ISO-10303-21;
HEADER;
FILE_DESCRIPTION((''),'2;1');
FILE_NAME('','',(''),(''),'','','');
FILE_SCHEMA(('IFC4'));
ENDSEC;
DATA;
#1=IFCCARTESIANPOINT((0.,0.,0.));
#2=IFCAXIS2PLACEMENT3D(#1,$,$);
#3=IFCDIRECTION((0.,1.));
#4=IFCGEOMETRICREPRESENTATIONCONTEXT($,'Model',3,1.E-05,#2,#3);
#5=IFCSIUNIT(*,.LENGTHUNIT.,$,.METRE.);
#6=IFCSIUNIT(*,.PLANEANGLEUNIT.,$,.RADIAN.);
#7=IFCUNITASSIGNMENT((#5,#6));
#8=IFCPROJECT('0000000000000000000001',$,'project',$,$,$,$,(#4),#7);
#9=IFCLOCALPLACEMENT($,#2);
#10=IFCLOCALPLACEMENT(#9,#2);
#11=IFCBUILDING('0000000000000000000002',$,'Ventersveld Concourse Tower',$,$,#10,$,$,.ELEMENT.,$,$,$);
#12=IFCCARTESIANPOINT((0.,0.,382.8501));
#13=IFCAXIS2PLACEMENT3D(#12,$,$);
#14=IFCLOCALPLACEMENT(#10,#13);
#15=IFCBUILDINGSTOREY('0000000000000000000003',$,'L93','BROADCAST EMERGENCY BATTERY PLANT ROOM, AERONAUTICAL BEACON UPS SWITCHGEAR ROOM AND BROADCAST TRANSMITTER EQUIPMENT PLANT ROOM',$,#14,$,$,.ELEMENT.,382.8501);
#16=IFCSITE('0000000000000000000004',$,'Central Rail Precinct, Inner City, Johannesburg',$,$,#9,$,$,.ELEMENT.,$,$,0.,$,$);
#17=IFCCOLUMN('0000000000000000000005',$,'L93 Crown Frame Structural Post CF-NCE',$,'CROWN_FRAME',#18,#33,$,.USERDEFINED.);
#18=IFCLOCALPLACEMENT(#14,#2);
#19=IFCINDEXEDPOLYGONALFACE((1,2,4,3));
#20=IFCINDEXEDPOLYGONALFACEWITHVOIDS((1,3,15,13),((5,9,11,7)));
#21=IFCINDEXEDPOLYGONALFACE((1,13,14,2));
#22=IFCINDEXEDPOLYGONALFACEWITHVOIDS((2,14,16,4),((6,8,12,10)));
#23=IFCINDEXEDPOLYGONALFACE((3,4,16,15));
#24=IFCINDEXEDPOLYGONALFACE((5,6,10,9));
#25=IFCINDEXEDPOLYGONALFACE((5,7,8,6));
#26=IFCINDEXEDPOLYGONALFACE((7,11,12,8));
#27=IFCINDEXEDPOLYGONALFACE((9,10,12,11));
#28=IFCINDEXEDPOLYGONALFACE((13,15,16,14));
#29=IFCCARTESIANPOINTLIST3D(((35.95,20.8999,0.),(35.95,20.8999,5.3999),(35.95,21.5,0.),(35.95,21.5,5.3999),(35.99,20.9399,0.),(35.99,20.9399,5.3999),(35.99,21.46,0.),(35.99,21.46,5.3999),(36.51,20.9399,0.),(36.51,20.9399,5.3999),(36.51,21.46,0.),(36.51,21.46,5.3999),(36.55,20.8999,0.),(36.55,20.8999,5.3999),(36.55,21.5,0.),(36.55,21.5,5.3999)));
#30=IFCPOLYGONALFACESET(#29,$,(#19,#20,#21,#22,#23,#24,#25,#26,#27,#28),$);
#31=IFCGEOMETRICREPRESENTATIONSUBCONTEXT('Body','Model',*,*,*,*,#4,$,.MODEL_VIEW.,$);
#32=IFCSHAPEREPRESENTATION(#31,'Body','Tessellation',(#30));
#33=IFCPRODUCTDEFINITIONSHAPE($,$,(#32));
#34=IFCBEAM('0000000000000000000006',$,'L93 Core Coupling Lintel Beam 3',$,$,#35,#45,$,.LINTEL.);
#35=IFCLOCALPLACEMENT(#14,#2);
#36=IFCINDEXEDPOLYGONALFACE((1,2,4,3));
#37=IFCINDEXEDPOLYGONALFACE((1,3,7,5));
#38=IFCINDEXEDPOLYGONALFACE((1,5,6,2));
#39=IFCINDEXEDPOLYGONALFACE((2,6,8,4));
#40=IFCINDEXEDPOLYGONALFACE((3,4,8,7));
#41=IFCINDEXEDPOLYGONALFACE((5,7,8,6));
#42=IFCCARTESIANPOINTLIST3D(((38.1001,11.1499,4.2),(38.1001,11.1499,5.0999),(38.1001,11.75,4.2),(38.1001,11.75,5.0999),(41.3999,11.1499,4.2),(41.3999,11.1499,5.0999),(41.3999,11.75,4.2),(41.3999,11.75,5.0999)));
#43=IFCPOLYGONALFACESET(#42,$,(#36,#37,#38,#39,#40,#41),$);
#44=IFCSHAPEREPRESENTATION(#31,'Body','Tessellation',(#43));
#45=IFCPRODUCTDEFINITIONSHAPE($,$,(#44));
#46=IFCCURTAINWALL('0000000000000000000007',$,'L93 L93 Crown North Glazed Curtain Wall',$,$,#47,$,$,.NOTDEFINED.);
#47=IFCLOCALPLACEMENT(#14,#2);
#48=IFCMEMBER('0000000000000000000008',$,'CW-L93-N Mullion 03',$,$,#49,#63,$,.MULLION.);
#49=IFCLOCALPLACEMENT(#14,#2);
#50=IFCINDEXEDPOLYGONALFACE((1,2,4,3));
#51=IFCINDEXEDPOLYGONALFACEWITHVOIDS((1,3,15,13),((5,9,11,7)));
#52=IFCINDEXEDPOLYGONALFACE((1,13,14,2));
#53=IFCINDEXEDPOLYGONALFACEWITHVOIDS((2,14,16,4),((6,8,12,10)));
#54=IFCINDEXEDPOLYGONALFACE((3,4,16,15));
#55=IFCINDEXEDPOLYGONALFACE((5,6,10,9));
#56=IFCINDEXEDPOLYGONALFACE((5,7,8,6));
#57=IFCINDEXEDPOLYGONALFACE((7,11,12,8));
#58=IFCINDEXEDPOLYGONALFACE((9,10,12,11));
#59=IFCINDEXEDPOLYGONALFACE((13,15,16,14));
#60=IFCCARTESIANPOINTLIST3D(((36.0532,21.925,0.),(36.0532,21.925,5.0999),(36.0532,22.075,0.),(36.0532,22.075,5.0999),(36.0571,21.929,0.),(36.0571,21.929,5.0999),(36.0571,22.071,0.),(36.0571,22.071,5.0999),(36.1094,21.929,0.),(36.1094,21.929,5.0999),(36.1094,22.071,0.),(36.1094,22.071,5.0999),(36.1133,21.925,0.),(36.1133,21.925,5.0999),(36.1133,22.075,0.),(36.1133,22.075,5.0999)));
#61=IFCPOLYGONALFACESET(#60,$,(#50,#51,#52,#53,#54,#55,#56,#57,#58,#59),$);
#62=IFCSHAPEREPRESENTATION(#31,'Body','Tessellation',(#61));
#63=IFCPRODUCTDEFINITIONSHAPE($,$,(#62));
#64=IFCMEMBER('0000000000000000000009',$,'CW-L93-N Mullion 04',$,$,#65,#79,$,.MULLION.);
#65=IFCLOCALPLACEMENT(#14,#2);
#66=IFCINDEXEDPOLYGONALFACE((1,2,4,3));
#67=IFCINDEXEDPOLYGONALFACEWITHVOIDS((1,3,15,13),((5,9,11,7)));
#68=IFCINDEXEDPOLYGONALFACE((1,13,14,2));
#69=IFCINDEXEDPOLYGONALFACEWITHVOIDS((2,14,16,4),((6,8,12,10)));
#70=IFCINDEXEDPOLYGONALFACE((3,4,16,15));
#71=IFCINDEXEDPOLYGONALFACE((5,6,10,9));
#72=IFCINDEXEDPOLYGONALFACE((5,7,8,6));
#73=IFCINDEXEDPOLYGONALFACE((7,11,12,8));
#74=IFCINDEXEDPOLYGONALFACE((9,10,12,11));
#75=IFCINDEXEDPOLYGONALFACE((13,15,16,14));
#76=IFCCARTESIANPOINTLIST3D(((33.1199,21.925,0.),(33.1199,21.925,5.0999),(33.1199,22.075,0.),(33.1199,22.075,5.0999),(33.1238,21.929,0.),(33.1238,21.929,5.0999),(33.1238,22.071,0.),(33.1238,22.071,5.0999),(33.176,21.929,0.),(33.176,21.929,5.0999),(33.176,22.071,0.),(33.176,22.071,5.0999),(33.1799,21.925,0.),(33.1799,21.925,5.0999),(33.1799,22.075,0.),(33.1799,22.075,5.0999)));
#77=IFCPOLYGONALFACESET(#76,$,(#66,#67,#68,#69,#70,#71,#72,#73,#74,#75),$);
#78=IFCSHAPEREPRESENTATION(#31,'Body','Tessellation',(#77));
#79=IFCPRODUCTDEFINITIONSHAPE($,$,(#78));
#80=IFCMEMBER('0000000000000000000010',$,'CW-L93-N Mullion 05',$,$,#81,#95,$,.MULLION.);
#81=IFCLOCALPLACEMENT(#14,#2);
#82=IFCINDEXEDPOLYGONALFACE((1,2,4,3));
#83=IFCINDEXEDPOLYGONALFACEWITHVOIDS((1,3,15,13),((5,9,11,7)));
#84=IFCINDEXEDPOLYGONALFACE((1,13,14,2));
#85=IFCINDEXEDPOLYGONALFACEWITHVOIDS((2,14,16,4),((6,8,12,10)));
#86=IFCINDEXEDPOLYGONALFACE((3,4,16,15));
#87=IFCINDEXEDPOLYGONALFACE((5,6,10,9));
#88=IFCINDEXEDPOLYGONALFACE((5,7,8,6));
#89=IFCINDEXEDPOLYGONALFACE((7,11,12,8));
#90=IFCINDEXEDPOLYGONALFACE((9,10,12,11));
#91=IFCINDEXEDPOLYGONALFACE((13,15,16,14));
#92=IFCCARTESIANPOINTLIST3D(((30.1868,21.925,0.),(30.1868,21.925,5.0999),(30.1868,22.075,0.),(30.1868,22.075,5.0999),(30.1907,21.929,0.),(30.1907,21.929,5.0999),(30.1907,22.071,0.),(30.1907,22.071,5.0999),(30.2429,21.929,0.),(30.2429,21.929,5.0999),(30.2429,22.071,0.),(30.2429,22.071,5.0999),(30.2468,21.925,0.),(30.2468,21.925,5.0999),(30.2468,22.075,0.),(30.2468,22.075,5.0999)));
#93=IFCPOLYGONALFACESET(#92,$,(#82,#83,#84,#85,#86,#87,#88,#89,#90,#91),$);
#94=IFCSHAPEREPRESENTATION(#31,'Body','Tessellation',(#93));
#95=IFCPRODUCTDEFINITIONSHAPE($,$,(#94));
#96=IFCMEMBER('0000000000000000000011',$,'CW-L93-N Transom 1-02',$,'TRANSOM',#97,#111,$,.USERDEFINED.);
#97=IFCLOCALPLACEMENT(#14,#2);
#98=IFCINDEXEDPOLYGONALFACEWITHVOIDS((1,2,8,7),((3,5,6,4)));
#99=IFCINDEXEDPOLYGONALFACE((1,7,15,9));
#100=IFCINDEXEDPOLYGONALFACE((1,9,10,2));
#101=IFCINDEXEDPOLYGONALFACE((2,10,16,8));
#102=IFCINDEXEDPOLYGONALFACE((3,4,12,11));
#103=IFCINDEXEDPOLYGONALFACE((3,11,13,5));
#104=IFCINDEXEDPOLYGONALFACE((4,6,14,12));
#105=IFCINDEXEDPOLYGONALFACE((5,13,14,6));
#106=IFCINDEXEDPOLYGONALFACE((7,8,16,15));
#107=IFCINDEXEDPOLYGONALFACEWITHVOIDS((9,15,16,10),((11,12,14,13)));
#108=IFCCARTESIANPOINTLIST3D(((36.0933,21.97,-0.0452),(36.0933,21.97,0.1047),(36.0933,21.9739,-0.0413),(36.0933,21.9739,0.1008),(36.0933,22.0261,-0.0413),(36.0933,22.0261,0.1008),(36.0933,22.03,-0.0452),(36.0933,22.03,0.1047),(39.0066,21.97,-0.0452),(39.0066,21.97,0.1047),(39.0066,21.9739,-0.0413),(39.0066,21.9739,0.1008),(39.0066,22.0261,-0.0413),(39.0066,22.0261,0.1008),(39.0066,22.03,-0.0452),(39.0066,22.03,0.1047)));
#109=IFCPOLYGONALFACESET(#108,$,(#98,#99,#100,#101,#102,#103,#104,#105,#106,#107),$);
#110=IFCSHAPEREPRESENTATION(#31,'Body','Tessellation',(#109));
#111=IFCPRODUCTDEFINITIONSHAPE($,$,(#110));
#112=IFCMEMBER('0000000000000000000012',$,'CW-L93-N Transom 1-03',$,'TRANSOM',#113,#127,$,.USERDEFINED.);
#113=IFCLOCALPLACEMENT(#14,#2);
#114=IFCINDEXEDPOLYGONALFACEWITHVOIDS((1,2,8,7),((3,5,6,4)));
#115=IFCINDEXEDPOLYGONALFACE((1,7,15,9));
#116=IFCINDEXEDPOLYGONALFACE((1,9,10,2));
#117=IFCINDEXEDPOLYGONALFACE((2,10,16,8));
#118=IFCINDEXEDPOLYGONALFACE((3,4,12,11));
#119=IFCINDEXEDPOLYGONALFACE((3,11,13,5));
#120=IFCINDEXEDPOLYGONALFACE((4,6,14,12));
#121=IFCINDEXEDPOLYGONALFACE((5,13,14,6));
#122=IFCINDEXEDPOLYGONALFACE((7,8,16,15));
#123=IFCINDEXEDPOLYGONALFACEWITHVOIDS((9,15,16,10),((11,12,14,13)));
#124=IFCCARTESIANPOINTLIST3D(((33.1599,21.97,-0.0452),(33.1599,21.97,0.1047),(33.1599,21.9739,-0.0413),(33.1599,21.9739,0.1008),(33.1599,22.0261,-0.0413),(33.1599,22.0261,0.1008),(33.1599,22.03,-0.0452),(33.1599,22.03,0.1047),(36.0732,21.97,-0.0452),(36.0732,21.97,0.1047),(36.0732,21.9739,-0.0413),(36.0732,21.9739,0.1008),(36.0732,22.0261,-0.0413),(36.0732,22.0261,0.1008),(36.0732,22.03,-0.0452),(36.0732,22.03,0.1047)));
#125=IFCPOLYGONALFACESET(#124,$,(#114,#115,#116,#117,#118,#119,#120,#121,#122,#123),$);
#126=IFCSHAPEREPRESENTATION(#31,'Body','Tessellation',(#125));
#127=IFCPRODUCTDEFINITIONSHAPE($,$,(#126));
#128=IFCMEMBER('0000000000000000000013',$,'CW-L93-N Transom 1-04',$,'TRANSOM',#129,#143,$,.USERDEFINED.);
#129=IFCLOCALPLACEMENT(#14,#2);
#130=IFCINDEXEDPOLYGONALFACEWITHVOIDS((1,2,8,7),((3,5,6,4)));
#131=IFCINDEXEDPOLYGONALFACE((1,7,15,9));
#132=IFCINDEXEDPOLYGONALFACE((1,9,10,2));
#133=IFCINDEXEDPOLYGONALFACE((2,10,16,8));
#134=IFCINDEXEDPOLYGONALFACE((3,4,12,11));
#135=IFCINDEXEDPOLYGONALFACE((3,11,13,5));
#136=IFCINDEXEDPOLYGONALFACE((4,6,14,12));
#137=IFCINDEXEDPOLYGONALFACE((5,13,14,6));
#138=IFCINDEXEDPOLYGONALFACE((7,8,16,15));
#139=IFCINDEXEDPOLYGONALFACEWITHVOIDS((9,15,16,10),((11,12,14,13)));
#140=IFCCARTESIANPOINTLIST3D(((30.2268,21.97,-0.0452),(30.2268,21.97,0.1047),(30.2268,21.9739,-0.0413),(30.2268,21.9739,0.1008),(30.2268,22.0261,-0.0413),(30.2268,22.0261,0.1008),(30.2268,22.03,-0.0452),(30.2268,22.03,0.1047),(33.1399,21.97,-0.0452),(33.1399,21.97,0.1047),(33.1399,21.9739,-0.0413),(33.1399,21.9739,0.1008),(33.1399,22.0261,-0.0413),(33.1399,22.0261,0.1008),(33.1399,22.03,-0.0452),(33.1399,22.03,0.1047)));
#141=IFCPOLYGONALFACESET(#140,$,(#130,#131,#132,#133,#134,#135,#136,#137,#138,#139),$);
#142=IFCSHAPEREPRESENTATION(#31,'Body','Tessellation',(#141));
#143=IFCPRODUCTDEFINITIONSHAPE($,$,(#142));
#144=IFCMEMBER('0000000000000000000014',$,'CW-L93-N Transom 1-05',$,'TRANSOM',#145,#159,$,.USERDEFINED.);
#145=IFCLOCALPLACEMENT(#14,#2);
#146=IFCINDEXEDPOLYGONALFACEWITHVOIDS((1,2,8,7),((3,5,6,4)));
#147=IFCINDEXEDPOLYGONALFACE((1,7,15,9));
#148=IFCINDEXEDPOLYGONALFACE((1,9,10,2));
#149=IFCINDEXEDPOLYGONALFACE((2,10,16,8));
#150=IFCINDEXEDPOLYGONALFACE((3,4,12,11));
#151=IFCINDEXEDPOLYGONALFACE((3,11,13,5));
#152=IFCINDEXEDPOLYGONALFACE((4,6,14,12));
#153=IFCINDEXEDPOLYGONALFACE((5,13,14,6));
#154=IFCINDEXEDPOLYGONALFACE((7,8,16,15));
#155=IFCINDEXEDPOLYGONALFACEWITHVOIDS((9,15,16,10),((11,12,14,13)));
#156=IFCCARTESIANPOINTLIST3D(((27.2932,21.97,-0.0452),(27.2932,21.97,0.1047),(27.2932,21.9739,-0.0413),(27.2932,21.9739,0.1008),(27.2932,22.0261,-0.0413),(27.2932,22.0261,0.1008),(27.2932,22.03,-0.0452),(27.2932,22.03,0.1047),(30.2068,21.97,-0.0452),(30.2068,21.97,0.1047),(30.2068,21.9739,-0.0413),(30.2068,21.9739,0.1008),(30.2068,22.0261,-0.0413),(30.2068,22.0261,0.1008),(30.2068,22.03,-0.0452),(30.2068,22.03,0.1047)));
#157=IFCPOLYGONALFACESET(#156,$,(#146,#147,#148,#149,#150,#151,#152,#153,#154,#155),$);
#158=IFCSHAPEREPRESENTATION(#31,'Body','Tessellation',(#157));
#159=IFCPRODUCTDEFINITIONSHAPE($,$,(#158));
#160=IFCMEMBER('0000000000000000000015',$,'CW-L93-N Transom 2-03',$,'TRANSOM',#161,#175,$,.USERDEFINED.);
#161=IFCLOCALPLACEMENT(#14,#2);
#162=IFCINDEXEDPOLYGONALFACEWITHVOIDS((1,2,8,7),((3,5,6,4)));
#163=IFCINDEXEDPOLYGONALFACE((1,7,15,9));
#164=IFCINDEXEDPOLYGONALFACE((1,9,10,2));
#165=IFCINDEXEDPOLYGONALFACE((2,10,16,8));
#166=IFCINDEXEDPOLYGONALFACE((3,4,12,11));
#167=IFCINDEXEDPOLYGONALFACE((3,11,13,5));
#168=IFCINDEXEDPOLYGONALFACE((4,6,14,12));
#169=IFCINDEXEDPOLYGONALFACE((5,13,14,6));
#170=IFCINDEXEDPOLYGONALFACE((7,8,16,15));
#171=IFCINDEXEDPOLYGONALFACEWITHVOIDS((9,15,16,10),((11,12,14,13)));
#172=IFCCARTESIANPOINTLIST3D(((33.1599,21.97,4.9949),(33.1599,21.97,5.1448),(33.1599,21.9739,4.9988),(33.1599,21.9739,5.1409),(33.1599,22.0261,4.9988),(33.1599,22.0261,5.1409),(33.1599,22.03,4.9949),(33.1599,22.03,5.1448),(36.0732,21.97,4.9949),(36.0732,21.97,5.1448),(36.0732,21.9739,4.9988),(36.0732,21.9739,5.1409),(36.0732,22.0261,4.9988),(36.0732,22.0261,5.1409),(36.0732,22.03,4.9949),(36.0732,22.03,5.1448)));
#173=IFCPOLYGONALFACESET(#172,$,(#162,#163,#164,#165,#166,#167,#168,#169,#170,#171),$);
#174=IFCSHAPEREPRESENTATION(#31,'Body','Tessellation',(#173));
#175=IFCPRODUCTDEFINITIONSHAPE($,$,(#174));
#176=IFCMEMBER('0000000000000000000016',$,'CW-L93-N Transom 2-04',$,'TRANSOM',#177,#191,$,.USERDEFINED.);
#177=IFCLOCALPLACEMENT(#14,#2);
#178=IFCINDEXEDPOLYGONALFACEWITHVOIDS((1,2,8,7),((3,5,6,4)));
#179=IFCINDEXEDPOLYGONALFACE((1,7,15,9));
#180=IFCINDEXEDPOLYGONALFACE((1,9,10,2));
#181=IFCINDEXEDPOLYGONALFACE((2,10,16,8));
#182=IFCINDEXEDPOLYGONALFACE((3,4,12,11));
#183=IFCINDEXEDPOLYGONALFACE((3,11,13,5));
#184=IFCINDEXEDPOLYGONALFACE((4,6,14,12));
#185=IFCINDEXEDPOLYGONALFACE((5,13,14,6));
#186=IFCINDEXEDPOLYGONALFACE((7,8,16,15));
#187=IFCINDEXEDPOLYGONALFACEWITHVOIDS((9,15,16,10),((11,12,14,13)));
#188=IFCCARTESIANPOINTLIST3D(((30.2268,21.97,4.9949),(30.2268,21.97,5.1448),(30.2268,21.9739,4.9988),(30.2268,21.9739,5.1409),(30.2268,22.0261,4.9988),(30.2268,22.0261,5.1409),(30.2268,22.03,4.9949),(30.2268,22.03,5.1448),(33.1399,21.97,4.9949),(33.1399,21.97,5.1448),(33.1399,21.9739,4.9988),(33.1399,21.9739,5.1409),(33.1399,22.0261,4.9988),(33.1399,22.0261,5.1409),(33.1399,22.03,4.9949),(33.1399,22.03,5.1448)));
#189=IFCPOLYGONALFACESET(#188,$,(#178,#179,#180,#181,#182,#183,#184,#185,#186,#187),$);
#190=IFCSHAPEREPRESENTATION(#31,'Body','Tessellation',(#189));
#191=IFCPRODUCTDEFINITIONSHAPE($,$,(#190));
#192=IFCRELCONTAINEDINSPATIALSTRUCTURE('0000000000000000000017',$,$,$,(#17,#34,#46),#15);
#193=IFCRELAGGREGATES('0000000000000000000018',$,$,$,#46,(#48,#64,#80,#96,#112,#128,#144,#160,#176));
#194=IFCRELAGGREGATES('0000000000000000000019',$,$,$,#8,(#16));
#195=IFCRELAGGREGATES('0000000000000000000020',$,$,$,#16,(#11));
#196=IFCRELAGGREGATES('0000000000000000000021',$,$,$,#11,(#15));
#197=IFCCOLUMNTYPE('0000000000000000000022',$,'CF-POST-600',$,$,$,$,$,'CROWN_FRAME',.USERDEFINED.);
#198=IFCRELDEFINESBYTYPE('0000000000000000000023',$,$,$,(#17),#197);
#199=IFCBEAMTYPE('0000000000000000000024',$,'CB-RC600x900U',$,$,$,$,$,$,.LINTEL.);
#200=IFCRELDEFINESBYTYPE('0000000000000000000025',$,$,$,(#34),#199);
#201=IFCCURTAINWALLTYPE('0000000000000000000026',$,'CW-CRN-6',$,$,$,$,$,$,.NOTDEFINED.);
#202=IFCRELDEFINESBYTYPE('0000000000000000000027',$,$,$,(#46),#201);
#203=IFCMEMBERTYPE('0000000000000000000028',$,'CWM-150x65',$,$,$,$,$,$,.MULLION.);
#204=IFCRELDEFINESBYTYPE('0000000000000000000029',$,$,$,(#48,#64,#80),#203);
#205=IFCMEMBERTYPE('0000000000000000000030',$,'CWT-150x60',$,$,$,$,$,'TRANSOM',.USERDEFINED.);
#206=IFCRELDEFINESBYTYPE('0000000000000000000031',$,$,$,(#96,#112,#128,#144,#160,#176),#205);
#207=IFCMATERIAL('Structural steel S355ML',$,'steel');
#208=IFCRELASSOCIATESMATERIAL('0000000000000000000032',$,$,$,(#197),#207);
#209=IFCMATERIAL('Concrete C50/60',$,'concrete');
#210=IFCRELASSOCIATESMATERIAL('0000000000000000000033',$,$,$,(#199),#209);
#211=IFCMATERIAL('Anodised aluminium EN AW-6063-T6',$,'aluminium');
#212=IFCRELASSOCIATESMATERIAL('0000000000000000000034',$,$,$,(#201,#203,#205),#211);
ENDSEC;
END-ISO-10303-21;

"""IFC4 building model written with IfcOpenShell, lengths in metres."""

from ifc_helpers import new_model, si_unit, direction, frame, origin, origin_2d, place, context, subcontext, project, spatial, rectangle, hollow_rectangle, extrude, material, material_profile, profile_set, type_object, element, aggregate, save


model = new_model("IFC4")

# Units and contexts
model_context = context("Model", 3, precision=1e-05, world=origin(), true_north=direction((0.0, 1.0)))
body_context = subcontext(model_context, "Body", "Model", "MODEL_VIEW")
ifc_project = project(units=[si_unit("LENGTHUNIT", "METRE"), si_unit("PLANEANGLEUNIT", "RADIAN")], contexts=[model_context])

# Site, building, storey
site_placement = place(None, origin())
site = spatial("IfcSite", under=ifc_project, at=site_placement, Name="Central Rail Precinct, Inner City, Johannesburg", CompositionType="ELEMENT", RefElevation=0.0)
building_placement = place(site_placement, origin())
building = spatial("IfcBuilding", under=site, at=building_placement, Name="Ventersveld Concourse Tower", CompositionType="ELEMENT")
storey_placement = place(building_placement, frame((0.0, 0.0, 382.8501)))
storey = spatial("IfcBuildingStorey", under=building, at=storey_placement, Name="L93", Description="BROADCAST EMERGENCY BATTERY PLANT ROOM, AERONAUTICAL BEACON UPS SWITCHGEAR ROOM AND BROADCAST TRANSMITTER EQUIPMENT PLANT ROOM", CompositionType="ELEMENT", Elevation=382.8501)

# Column
ifc_material_1 = material(Name="Structural steel S355ML", Category="steel")
ifc_material_profile_1 = material_profile(ifc_material_1, hollow_rectangle(XDim=0.6001, YDim=0.6001, WallThickness=0.04, at=origin_2d()), Name="BOX 600x600x40")
ifc_profile_set_1 = profile_set([ifc_material_profile_1], Name="Structural steel S355ML")
column_type = type_object("IfcColumnType", Name="CF-POST-600", ElementType="CROWN_FRAME", PredefinedType="USERDEFINED", material=ifc_profile_set_1)
column_placement = place(storey_placement, frame((36.25, 21.2, 0.0), z_axis=(0.0, 0.0, 1.0), x_axis=(1.0, 0.0, 0.0)))
element("IfcColumn", 1, at=column_placement, inside=storey, type_object=column_type, Name="L93 Crown Frame Structural Post CF-NCE", ObjectType="CROWN_FRAME", PredefinedType="USERDEFINED", context=body_context, shape_type="SweptSolid", body=[
    extrude(hollow_rectangle(XDim=0.6001, YDim=0.6001, WallThickness=0.04, at=origin_2d()), origin(), (0.0, 0.0, 1.0), 5.3999),
])

# Beam
ifc_material_2 = material(Name="Concrete C50/60", Category="concrete")
ifc_material_profile_2 = material_profile(ifc_material_2, rectangle(XDim=0.6001, YDim=0.8999, at=origin_2d()), Name="RC 600x900")
ifc_profile_set_2 = profile_set([ifc_material_profile_2], Name="Concrete C50/60")
beam_type_1 = type_object("IfcBeamType", Name="CB-RC600x900U", PredefinedType="LINTEL", material=ifc_profile_set_2)
beam_1_placement = place(storey_placement, frame((38.1001, 11.45, 4.6499), z_axis=(1.0, 0.0, 0.0), x_axis=(0.0, 1.0, 0.0)))
element("IfcBeam", 2, at=beam_1_placement, inside=storey, type_object=beam_type_1, Name="L93 Core Coupling Lintel Beam 3", PredefinedType="LINTEL", context=body_context, shape_type="SweptSolid", body=[
    extrude(rectangle(XDim=0.6001, YDim=0.8999, at=origin_2d()), origin(), (0.0, 0.0, 1.0), 3.2998),
])

# Curtain wall, members
ifc_material_3 = material(Name="Anodised aluminium EN AW-6063-T6", Category="aluminium")
curtain_wall_type = type_object("IfcCurtainWallType", Name="CW-CRN-6", PredefinedType="NOTDEFINED", material=ifc_material_3)
curtain_wall_placement = place(storey_placement, origin())
curtain_wall = element("IfcCurtainWall", 3, at=curtain_wall_placement, inside=storey, type_object=curtain_wall_type, Name="L93 L93 Crown North Glazed Curtain Wall", PredefinedType="NOTDEFINED")
ifc_material_profile_3 = material_profile(ifc_material_3, hollow_rectangle(XDim=0.0601, YDim=0.1499, WallThickness=0.0039, at=origin_2d()), Name="ALU 150x60x4")
ifc_profile_set_3 = profile_set([ifc_material_profile_3], Name="Anodised aluminium EN AW-6063-T6")
member_type_1 = type_object("IfcMemberType", Name="CWM-150x65", PredefinedType="MULLION", material=ifc_profile_set_3)
member_1_placement = place(storey_placement, frame((36.0833, 22.0, 0.0), z_axis=(0.0, 0.0, 1.0), x_axis=(1.0, 0.0, 0.0)))
member_1 = element("IfcMember", 4, at=member_1_placement, type_object=member_type_1, Name="CW-L93-N Mullion 03", PredefinedType="MULLION", context=body_context, shape_type="SweptSolid", body=[
    extrude(hollow_rectangle(XDim=0.0601, YDim=0.1499, WallThickness=0.0039, at=origin_2d()), origin(), (0.0, 0.0, 1.0), 5.0999),
])
member_2_placement = place(storey_placement, frame((33.1499, 22.0, 0.0), z_axis=(0.0, 0.0, 1.0), x_axis=(1.0, 0.0, 0.0)))
member_2 = element("IfcMember", 5, at=member_2_placement, type_object=member_type_1, Name="CW-L93-N Mullion 04", PredefinedType="MULLION", context=body_context, shape_type="SweptSolid", body=[
    extrude(hollow_rectangle(XDim=0.0601, YDim=0.1499, WallThickness=0.0039, at=origin_2d()), origin(), (0.0, 0.0, 1.0), 5.0999),
])
member_3_placement = place(storey_placement, frame((30.2168, 22.0, 0.0), z_axis=(0.0, 0.0, 1.0), x_axis=(1.0, 0.0, 0.0)))
member_3 = element("IfcMember", 6, at=member_3_placement, type_object=member_type_1, Name="CW-L93-N Mullion 05", PredefinedType="MULLION", context=body_context, shape_type="SweptSolid", body=[
    extrude(hollow_rectangle(XDim=0.0601, YDim=0.1499, WallThickness=0.0039, at=origin_2d()), origin(), (0.0, 0.0, 1.0), 5.0999),
])
ifc_material_profile_4 = material_profile(ifc_material_3, hollow_rectangle(XDim=0.0601, YDim=0.1499, WallThickness=0.0039, at=origin_2d()), Name="ALU 150x60x4")
ifc_profile_set_4 = profile_set([ifc_material_profile_4], Name="Anodised aluminium EN AW-6063-T6")
member_type_2 = type_object("IfcMemberType", Name="CWT-150x60", ElementType="TRANSOM", PredefinedType="USERDEFINED", material=ifc_profile_set_4)
member_4_placement = place(storey_placement, frame((39.0066, 22.0, 0.0298), z_axis=(-1.0, 0.0, 0.0), x_axis=(0.0, -1.0, 0.0)))
member_4 = element("IfcMember", 7, at=member_4_placement, type_object=member_type_2, Name="CW-L93-N Transom 1-02", ObjectType="TRANSOM", PredefinedType="USERDEFINED", context=body_context, shape_type="SweptSolid", body=[
    extrude(hollow_rectangle(XDim=0.0601, YDim=0.1499, WallThickness=0.0039, at=origin_2d()), origin(), (0.0, 0.0, 1.0), 2.9133),
])
member_5_placement = place(storey_placement, frame((36.0732, 22.0, 0.0298), z_axis=(-1.0, 0.0, 0.0), x_axis=(0.0, -1.0, 0.0)))
member_5 = element("IfcMember", 8, at=member_5_placement, type_object=member_type_2, Name="CW-L93-N Transom 1-03", ObjectType="TRANSOM", PredefinedType="USERDEFINED", context=body_context, shape_type="SweptSolid", body=[
    extrude(hollow_rectangle(XDim=0.0601, YDim=0.1499, WallThickness=0.0039, at=origin_2d()), origin(), (0.0, 0.0, 1.0), 2.9133),
])
member_6_placement = place(storey_placement, frame((33.1399, 22.0, 0.0298), z_axis=(-1.0, 0.0, 0.0), x_axis=(0.0, -1.0, 0.0)))
member_6 = element("IfcMember", 9, at=member_6_placement, type_object=member_type_2, Name="CW-L93-N Transom 1-04", ObjectType="TRANSOM", PredefinedType="USERDEFINED", context=body_context, shape_type="SweptSolid", body=[
    extrude(hollow_rectangle(XDim=0.0601, YDim=0.1499, WallThickness=0.0039, at=origin_2d()), origin(), (0.0, 0.0, 1.0), 2.9131),
])
member_7_placement = place(storey_placement, frame((30.2068, 22.0, 0.0298), z_axis=(-1.0, 0.0, 0.0), x_axis=(0.0, -1.0, 0.0)))
member_7 = element("IfcMember", 10, at=member_7_placement, type_object=member_type_2, Name="CW-L93-N Transom 1-05", ObjectType="TRANSOM", PredefinedType="USERDEFINED", context=body_context, shape_type="SweptSolid", body=[
    extrude(hollow_rectangle(XDim=0.0601, YDim=0.1499, WallThickness=0.0039, at=origin_2d()), origin(), (0.0, 0.0, 1.0), 2.9136),
])
member_8_placement = place(storey_placement, frame((36.0732, 22.0, 5.0698), z_axis=(-1.0, 0.0, 0.0), x_axis=(0.0, -1.0, 0.0)))
member_8 = element("IfcMember", 11, at=member_8_placement, type_object=member_type_2, Name="CW-L93-N Transom 2-03", ObjectType="TRANSOM", PredefinedType="USERDEFINED", context=body_context, shape_type="SweptSolid", body=[
    extrude(hollow_rectangle(XDim=0.0601, YDim=0.1499, WallThickness=0.0039, at=origin_2d()), origin(), (0.0, 0.0, 1.0), 2.9133),
])
member_9_placement = place(storey_placement, frame((33.1399, 22.0, 5.0698), z_axis=(-1.0, 0.0, 0.0), x_axis=(0.0, -1.0, 0.0)))
member_9 = element("IfcMember", 12, at=member_9_placement, type_object=member_type_2, Name="CW-L93-N Transom 2-04", ObjectType="TRANSOM", PredefinedType="USERDEFINED", context=body_context, shape_type="SweptSolid", body=[
    extrude(hollow_rectangle(XDim=0.0601, YDim=0.1499, WallThickness=0.0039, at=origin_2d()), origin(), (0.0, 0.0, 1.0), 2.9131),
])

aggregate(curtain_wall, [member_1, member_2, member_3, member_4, member_5, member_6, member_7, member_8, member_9])

save(model, "model.ifc")
